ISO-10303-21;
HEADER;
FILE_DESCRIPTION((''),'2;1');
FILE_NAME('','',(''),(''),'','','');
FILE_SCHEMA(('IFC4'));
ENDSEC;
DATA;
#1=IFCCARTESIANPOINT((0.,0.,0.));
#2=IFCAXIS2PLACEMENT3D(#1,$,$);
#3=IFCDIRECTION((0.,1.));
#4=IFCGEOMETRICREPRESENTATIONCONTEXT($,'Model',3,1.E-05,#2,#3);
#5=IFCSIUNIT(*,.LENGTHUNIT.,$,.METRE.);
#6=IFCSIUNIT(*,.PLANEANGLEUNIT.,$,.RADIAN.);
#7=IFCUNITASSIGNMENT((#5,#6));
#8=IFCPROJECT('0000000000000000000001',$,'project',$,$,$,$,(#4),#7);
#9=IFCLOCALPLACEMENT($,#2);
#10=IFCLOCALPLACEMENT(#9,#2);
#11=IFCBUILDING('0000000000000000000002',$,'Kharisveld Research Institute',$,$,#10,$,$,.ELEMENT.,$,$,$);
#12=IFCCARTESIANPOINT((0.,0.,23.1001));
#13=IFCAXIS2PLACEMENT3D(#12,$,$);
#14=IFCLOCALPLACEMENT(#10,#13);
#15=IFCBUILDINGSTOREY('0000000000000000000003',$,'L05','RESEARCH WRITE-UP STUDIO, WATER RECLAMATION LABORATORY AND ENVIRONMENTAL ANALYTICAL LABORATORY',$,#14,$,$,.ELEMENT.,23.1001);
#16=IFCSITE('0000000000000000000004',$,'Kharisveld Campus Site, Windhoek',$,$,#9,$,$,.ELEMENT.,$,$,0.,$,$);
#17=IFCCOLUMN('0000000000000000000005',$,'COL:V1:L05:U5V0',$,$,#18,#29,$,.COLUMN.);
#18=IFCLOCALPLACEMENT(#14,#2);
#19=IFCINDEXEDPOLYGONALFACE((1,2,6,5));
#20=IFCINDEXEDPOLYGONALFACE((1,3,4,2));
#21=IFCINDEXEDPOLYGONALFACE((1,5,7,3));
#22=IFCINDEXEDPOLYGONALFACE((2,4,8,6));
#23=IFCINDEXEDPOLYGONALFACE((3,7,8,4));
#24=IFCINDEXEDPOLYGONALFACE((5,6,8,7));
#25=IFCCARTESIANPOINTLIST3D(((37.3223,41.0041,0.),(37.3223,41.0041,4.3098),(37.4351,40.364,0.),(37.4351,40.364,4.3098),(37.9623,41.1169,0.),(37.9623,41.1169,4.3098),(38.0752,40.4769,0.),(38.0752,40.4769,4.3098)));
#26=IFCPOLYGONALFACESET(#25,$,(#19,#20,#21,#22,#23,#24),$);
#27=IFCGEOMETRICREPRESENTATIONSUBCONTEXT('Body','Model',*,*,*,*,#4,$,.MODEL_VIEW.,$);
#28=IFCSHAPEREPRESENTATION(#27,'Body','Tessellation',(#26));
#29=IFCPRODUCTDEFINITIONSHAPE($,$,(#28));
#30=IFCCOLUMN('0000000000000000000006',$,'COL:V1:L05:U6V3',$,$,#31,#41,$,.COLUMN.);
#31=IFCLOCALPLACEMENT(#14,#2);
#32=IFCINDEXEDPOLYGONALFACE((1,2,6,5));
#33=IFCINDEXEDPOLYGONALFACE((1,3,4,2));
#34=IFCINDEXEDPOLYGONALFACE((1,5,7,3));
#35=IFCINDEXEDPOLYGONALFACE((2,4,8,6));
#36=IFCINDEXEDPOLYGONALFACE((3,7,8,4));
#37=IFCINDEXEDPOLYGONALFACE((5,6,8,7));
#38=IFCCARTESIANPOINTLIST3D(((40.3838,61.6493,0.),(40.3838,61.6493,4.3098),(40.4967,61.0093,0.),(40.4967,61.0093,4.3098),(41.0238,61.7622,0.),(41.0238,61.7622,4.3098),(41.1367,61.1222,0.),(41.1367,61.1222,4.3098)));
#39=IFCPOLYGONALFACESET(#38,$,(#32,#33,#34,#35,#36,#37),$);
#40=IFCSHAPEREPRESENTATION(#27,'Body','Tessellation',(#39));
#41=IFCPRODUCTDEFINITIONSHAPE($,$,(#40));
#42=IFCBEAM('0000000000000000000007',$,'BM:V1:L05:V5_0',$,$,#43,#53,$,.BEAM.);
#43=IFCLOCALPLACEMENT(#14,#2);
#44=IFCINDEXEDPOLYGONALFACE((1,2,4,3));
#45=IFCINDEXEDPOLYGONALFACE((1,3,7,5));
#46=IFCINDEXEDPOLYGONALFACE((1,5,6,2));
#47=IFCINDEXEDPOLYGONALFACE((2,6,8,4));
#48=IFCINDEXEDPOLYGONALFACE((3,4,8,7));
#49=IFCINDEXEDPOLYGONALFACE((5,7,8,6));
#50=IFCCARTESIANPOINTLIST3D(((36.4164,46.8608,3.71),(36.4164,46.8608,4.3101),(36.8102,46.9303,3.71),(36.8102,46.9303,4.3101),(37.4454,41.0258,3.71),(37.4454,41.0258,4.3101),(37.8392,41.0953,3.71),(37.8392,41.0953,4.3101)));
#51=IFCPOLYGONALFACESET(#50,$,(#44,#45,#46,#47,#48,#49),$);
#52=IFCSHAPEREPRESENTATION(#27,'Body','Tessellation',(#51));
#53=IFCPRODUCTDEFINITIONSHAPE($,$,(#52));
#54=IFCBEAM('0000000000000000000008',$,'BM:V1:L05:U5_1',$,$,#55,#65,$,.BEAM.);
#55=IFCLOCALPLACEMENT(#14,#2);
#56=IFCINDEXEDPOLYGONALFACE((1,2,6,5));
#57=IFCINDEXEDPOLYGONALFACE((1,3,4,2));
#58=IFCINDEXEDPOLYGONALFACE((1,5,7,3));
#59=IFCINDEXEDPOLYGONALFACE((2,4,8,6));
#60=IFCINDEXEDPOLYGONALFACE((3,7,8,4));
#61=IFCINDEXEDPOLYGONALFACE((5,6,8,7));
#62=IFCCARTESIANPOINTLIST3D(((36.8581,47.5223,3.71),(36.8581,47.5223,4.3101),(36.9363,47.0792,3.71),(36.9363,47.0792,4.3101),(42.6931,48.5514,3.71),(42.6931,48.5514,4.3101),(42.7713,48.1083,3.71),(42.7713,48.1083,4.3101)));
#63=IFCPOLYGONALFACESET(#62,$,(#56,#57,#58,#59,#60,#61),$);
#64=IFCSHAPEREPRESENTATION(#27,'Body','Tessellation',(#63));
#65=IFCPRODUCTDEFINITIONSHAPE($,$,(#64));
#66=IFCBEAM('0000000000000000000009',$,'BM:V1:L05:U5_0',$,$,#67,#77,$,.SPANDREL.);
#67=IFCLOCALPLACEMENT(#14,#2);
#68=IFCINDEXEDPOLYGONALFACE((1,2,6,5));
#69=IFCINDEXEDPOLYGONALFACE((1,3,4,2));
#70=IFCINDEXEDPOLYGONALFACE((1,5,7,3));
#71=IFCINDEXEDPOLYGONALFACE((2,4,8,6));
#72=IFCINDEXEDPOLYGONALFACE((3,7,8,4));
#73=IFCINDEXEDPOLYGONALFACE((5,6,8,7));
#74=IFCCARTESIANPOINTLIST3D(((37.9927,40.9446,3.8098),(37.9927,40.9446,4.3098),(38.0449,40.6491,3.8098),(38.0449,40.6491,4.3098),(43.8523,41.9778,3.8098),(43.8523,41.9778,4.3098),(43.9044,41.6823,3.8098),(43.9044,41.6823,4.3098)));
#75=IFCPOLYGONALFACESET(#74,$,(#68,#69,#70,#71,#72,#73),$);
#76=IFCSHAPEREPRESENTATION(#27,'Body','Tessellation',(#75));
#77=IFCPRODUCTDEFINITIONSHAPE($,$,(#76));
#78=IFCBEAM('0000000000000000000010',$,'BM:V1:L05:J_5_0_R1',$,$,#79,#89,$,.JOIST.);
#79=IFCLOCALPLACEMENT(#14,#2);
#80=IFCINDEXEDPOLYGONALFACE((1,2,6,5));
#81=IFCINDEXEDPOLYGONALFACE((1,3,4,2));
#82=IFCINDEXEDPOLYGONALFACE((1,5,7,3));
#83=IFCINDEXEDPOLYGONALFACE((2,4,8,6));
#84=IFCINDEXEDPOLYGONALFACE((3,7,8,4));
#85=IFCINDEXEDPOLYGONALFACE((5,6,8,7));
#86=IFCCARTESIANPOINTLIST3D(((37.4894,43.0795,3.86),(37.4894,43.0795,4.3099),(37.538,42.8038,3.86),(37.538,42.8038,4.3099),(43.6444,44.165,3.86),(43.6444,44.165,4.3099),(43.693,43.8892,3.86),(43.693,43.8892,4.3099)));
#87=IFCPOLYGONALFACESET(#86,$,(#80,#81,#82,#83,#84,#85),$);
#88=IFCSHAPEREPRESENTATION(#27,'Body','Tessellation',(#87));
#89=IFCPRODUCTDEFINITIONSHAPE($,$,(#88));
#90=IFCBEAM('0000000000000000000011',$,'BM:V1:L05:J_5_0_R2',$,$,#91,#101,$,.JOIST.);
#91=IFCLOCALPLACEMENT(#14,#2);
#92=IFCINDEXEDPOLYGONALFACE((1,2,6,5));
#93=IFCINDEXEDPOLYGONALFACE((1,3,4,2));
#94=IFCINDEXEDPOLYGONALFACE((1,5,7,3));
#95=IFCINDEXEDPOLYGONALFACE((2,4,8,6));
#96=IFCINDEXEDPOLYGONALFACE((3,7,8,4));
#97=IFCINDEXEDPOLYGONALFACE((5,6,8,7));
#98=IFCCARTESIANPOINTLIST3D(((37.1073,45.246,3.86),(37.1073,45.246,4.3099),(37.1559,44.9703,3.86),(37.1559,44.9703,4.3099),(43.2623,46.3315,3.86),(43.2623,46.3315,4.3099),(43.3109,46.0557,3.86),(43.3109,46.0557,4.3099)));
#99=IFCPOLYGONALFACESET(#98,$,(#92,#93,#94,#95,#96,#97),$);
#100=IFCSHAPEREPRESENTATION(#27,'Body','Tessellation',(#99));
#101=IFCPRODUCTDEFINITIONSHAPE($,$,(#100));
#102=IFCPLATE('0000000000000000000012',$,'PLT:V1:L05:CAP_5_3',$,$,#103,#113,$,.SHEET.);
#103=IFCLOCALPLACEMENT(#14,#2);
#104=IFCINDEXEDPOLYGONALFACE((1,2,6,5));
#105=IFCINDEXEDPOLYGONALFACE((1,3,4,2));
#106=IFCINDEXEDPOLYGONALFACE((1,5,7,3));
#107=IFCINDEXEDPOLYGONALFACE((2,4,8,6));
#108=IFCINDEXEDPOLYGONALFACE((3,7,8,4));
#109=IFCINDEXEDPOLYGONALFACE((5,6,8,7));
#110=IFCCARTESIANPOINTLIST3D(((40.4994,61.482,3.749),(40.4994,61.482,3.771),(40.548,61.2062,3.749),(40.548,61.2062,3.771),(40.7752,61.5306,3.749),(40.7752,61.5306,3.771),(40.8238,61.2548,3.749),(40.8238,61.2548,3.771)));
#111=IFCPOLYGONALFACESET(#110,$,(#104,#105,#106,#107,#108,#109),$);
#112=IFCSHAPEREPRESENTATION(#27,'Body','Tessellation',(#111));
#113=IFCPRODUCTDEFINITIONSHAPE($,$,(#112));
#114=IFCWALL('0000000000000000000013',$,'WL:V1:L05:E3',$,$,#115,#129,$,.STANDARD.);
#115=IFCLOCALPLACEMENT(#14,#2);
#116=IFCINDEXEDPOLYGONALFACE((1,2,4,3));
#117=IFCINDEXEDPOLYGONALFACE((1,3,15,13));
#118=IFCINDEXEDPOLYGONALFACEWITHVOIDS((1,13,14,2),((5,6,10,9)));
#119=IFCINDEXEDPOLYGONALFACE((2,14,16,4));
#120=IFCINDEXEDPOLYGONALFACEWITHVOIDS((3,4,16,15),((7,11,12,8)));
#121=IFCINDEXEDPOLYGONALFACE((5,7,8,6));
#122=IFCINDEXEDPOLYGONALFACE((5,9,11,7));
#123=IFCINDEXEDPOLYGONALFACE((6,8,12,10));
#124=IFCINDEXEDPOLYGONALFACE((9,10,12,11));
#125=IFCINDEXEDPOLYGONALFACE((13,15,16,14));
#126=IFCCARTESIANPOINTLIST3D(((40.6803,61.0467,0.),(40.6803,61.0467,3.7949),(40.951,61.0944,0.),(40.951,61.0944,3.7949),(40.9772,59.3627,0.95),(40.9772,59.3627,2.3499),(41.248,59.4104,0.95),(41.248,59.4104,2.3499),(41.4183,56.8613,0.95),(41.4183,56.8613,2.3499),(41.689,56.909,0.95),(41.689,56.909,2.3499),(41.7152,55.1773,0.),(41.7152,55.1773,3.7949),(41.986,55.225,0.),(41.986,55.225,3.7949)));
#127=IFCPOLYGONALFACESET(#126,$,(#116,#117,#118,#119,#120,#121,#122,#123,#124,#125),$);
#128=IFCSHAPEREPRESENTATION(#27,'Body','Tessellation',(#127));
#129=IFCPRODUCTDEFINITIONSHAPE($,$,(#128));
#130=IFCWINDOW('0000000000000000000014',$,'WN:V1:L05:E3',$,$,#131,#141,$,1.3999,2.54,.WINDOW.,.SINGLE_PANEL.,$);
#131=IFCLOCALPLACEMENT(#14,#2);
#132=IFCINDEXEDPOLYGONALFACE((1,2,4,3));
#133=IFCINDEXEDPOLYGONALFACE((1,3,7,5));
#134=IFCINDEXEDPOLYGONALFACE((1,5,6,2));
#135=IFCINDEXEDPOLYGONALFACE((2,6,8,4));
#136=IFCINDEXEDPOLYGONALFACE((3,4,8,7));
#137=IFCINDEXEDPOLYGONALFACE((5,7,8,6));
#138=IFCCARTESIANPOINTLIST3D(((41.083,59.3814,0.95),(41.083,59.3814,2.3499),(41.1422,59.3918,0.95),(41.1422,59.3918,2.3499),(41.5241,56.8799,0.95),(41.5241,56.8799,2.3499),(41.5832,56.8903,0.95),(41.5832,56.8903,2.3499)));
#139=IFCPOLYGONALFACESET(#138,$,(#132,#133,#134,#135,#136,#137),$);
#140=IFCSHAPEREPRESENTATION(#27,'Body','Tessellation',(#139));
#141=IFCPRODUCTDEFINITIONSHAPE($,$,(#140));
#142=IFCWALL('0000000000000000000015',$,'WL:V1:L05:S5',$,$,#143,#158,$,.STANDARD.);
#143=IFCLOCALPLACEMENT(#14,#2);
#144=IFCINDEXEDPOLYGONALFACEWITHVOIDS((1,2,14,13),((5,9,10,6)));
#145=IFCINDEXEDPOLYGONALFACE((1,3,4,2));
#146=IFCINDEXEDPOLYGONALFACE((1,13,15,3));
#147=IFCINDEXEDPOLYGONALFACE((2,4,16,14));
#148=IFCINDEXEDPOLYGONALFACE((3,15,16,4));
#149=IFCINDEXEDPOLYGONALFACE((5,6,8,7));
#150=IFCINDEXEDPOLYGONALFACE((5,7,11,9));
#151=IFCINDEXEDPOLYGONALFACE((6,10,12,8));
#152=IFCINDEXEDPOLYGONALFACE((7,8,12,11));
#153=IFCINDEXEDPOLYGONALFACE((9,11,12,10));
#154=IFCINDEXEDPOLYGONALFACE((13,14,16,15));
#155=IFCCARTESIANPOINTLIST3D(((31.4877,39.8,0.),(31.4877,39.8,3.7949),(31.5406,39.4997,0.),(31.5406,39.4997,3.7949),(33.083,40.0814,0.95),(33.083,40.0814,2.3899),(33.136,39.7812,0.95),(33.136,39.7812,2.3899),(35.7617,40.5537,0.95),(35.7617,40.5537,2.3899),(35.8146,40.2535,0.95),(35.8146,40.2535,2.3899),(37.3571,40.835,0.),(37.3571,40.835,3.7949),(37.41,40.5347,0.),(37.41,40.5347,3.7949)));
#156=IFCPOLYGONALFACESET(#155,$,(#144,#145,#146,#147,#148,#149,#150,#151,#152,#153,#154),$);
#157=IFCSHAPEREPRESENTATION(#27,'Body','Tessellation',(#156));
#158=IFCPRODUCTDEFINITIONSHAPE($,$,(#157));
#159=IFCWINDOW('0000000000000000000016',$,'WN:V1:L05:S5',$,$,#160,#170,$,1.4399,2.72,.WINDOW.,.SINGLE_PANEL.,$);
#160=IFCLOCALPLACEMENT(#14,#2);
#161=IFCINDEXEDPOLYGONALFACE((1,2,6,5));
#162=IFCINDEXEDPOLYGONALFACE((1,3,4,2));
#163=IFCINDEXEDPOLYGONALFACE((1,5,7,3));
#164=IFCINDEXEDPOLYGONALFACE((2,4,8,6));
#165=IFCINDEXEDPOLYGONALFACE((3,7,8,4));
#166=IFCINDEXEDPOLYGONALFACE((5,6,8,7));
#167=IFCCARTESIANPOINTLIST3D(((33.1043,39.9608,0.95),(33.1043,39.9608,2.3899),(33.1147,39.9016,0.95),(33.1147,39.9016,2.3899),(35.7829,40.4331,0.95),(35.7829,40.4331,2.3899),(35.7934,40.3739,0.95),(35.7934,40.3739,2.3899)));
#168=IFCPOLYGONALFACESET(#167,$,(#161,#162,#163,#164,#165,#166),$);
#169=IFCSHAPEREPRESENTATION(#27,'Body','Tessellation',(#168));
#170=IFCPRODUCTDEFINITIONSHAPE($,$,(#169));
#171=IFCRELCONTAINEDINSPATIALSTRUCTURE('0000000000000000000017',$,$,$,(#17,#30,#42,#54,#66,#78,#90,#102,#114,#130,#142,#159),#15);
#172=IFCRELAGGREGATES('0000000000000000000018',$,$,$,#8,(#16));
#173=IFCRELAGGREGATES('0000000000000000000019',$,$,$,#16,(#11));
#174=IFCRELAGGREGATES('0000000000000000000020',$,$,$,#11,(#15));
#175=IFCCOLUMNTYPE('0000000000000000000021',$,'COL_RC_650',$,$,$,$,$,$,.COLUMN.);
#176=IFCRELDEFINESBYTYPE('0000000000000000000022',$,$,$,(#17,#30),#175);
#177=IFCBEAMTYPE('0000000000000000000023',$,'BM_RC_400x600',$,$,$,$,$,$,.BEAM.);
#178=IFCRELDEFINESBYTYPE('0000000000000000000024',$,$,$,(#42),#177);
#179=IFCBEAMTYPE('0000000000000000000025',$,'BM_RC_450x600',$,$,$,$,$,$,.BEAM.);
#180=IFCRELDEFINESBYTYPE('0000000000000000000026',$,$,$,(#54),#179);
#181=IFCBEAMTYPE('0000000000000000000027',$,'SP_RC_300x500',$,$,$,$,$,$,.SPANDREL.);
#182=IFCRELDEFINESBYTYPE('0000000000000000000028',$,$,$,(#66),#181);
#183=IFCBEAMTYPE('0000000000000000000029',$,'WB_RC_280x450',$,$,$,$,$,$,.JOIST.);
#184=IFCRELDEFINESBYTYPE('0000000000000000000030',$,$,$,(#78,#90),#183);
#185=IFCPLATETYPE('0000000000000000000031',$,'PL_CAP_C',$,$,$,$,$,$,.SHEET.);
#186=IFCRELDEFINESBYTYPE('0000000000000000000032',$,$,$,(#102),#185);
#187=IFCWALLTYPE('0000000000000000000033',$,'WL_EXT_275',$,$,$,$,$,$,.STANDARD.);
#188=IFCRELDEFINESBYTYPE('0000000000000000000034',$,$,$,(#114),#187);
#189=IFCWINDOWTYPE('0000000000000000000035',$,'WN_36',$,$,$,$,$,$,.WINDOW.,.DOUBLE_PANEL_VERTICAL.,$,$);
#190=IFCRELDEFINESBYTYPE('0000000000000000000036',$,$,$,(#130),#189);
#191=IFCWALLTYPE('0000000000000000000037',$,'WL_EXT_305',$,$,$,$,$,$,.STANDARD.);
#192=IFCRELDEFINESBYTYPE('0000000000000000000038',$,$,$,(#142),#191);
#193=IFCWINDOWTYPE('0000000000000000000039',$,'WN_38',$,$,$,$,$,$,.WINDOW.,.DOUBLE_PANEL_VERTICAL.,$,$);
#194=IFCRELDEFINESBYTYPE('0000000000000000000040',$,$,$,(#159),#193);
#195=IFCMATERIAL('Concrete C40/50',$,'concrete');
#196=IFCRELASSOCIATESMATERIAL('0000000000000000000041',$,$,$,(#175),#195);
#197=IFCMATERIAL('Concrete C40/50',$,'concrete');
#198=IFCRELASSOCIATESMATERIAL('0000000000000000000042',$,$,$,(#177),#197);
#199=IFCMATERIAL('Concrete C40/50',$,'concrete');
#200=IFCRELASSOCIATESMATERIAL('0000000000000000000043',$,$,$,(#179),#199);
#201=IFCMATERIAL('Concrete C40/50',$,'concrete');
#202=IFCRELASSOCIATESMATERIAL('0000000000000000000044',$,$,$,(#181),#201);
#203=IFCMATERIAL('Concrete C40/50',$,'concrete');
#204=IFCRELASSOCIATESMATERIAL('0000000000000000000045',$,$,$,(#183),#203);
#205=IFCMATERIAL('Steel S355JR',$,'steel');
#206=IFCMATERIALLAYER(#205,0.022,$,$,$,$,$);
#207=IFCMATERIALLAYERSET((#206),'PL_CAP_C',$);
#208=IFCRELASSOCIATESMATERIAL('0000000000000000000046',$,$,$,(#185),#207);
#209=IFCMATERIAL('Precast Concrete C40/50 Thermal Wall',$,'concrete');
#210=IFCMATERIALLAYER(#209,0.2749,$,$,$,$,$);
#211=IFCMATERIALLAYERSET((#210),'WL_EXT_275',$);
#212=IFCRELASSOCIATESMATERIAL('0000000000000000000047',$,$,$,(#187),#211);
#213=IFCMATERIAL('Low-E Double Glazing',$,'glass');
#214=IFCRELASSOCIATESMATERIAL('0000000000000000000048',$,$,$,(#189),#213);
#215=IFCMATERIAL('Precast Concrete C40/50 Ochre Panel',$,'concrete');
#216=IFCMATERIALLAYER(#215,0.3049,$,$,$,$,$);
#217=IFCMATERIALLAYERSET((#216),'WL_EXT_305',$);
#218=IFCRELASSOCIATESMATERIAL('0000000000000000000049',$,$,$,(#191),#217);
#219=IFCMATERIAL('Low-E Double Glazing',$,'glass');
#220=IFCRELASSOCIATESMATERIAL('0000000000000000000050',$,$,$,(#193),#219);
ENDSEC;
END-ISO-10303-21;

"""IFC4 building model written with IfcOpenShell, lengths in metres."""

from ifc_helpers import new_model, si_unit, direction, frame, frame_2d, origin, origin_2d, place, context, subcontext, project, spatial, rectangle, extrude, material, layer, layer_set, material_profile, profile_set, type_object, element, fill, save


model = new_model("IFC4")

# Units and contexts
model_context = context("Model", 3, precision=1e-05, world=origin(), true_north=direction((0.0, 1.0)))
body_context = subcontext(model_context, "Body", "Model", "MODEL_VIEW")
ifc_project = project(units=[si_unit("LENGTHUNIT", "METRE"), si_unit("PLANEANGLEUNIT", "RADIAN")], contexts=[model_context])

# Site, building, storey
site_placement = place(None, origin())
site = spatial("IfcSite", under=ifc_project, at=site_placement, Name="Kharisveld Campus Site, Windhoek", CompositionType="ELEMENT", RefElevation=0.0)
building_placement = place(site_placement, origin())
building = spatial("IfcBuilding", under=site, at=building_placement, Name="Kharisveld Research Institute", CompositionType="ELEMENT")
storey_placement = place(building_placement, frame((0.0, 0.0, 23.1001)))
storey = spatial("IfcBuildingStorey", under=building, at=storey_placement, Name="L05", Description="RESEARCH WRITE-UP STUDIO, WATER RECLAMATION LABORATORY AND ENVIRONMENTAL ANALYTICAL LABORATORY", CompositionType="ELEMENT", Elevation=23.1001)

# Columns
ifc_material_1 = material(Name="Concrete C40/50", Category="concrete")
ifc_material_profile_1 = material_profile(ifc_material_1, rectangle(XDim=0.6499, YDim=0.6499, at=origin_2d()))
ifc_profile_set_1 = profile_set([ifc_material_profile_1], Name="Concrete C40/50")
column_type = type_object("IfcColumnType", Name="COL_RC_650", PredefinedType="COLUMN", material=ifc_profile_set_1)
for number, where, z_axis, x_axis, name in (
    (1, (37.6987, 40.7405, 0.0), (0.0, 0.0, 1.0), (0.984808, 0.173648, 0.0), "COL:V1:L05:U5V0"),
    (2, (40.7603, 61.3857, 0.0), (0.0, 0.0, 1.0), (0.984808, 0.173648, 0.0), "COL:V1:L05:U6V3"),
):
    element("IfcColumn", number, at=place(storey_placement, frame(where, z_axis=z_axis, x_axis=x_axis)), inside=storey, type_object=column_type, Name=name, PredefinedType="COLUMN", context=body_context, shape_type="SweptSolid", body=[
        extrude(rectangle(XDim=0.6499, YDim=0.6499, at=origin_2d()), origin(), (0.0, 0.0, 1.0), 4.3098),
    ])

# Beams
ifc_material_2 = material(Name="Concrete C40/50", Category="concrete")
ifc_material_profile_2 = material_profile(ifc_material_2, rectangle(XDim=0.3999, YDim=0.6001, at=origin_2d()))
ifc_profile_set_2 = profile_set([ifc_material_profile_2], Name="Concrete C40/50")
beam_type_1 = type_object("IfcBeamType", Name="BM_RC_400x600", PredefinedType="BEAM", material=ifc_profile_set_2)
beam_1_placement = place(storey_placement, frame((37.6423, 41.0605, 4.01), z_axis=(-0.17368, 0.984802, 0.0), x_axis=(-0.984802, -0.17368, 0.0)))
element("IfcBeam", 3, at=beam_1_placement, inside=storey, type_object=beam_type_1, Name="BM:V1:L05:V5_0", PredefinedType="BEAM", context=body_context, shape_type="SweptSolid", body=[
    extrude(rectangle(XDim=0.3999, YDim=0.6001, at=origin_2d()), origin(), (0.0, 0.0, 1.0), 5.925),
])
ifc_material_3 = material(Name="Concrete C40/50", Category="concrete")
ifc_material_profile_3 = material_profile(ifc_material_3, rectangle(XDim=0.45, YDim=0.6001, at=origin_2d()))
ifc_profile_set_3 = profile_set([ifc_material_profile_3], Name="Concrete C40/50")
beam_type_2 = type_object("IfcBeamType", Name="BM_RC_450x600", PredefinedType="BEAM", material=ifc_profile_set_3)
beam_2_placement = place(storey_placement, frame((36.8972, 47.3008, 4.01), z_axis=(0.984802, 0.17368, 0.0), x_axis=(-0.17368, 0.984802, 0.0)))
element("IfcBeam", 4, at=beam_2_placement, inside=storey, type_object=beam_type_2, Name="BM:V1:L05:U5_1", PredefinedType="BEAM", context=body_context, shape_type="SweptSolid", body=[
    extrude(rectangle(XDim=0.45, YDim=0.6001, at=origin_2d()), origin(), (0.0, 0.0, 1.0), 5.925),
])
ifc_material_4 = material(Name="Concrete C40/50", Category="concrete")
ifc_material_profile_4 = material_profile(ifc_material_4, rectangle(XDim=0.3, YDim=0.5, at=origin_2d()))
ifc_profile_set_4 = profile_set([ifc_material_profile_4], Name="Concrete C40/50")
beam_type_3 = type_object("IfcBeamType", Name="SP_RC_300x500", PredefinedType="SPANDREL", material=ifc_profile_set_4)
beam_3_placement = place(storey_placement, frame((38.0188, 40.7969, 4.0598), z_axis=(0.984808, 0.173647, 0.0), x_axis=(-0.173647, 0.984808, 0.0)))
element("IfcBeam", 5, at=beam_3_placement, inside=storey, type_object=beam_type_3, Name="BM:V1:L05:U5_0", PredefinedType="SPANDREL", context=body_context, shape_type="SweptSolid", body=[
    extrude(rectangle(XDim=0.3, YDim=0.5, at=origin_2d()), origin(), (0.0, 0.0, 1.0), 5.95),
])
ifc_material_5 = material(Name="Concrete C40/50", Category="concrete")
ifc_material_profile_5 = material_profile(ifc_material_5, rectangle(XDim=0.28, YDim=0.45, at=origin_2d()))
ifc_profile_set_5 = profile_set([ifc_material_profile_5], Name="Concrete C40/50")
beam_type_4 = type_object("IfcBeamType", Name="WB_RC_280x450", PredefinedType="JOIST", material=ifc_profile_set_5)
for number, where, z_axis, x_axis, name in (
    (6, (37.5137, 42.9417, 4.085), (0.984804, 0.173672, 0.0), (-0.173672, 0.984804, 0.0), "BM:V1:L05:J_5_0_R1"),
    (7, (37.1316, 45.1082, 4.085), (0.984804, 0.173672, 0.0), (-0.173672, 0.984804, 0.0), "BM:V1:L05:J_5_0_R2"),
):
    element("IfcBeam", number, at=place(storey_placement, frame(where, z_axis=z_axis, x_axis=x_axis)), inside=storey, type_object=beam_type_4, Name=name, PredefinedType="JOIST", context=body_context, shape_type="SweptSolid", body=[
        extrude(rectangle(XDim=0.28, YDim=0.45, at=origin_2d()), origin(), (0.0, 0.0, 1.0), 6.25),
    ])

# Plate
ifc_material_6 = material(Name="Steel S355JR", Category="steel")
ifc_layer_1 = layer(ifc_material_6, 0.022)
ifc_layer_set_1 = layer_set([ifc_layer_1], Name="PL_CAP_C")
plate_type = type_object("IfcPlateType", Name="PL_CAP_C", PredefinedType="SHEET", material=ifc_layer_set_1)
plate_placement = place(storey_placement, frame((40.6616, 61.3684, 3.749), z_axis=(0.0, 0.0, 1.0), x_axis=(0.984808, 0.173648, 0.0)))
element("IfcPlate", 8, at=plate_placement, inside=storey, type_object=plate_type, Name="PLT:V1:L05:CAP_5_3", PredefinedType="SHEET", context=body_context, shape_type="SweptSolid", body=[
    extrude(rectangle(XDim=0.28, YDim=0.28, at=origin_2d()), origin(), (0.0, 0.0, 1.0), 0.022),
])

# Walls, openings, windows
ifc_material_7 = material(Name="Precast Concrete C40/50 Thermal Wall", Category="concrete")
ifc_layer_2 = layer(ifc_material_7, 0.2749)
ifc_layer_set_2 = layer_set([ifc_layer_2], Name="WL_EXT_275")
wall_type_1 = type_object("IfcWallType", Name="WL_EXT_275", PredefinedType="STANDARD", material=ifc_layer_set_2)
wall_1_placement = place(storey_placement, frame((40.8157, 61.0706, 0.0), z_axis=(0.0, 0.0, 1.0), x_axis=(0.173645, -0.984808, 0.0)))
wall_1 = element("IfcWall", 9, at=wall_1_placement, inside=storey, type_object=wall_type_1, Name="WL:V1:L05:E3", PredefinedType="STANDARD", context=body_context, shape_type="SweptSolid", body=[
    extrude(rectangle(XDim=5.96, YDim=0.2749, at=frame_2d((2.98, 0.0))), origin(), (0.0, 0.0, 1.0), 3.7949),
])
opening_1_placement = place(wall_1_placement, frame((1.71, 0.0, 0.95)))
opening_1 = element("IfcOpeningElement", 10, at=opening_1_placement, cuts=wall_1, PredefinedType="OPENING", context=body_context, shape_type="SweptSolid", body=[
    extrude(rectangle(XDim=2.54, YDim=1.3999, at=frame_2d((1.27, 0.7))), frame((0.0, 0.1375, 0.0), z_axis=(0.0, -1.0, 0.0), x_axis=(1.0, 0.0, 0.0)), (0.0, 0.0, 1.0), 0.2749),
])
ifc_material_8 = material(Name="Low-E Double Glazing", Category="glass")
window_type_1 = type_object("IfcWindowType", Name="WN_36", PartitioningType="DOUBLE_PANEL_VERTICAL", PredefinedType="WINDOW", material=ifc_material_8)
window_1_placement = place(opening_1_placement, origin())
window_1 = element("IfcWindow", 11, at=window_1_placement, inside=storey, type_object=window_type_1, Name="WN:V1:L05:E3", OverallHeight=1.3999, OverallWidth=2.54, PartitioningType="SINGLE_PANEL", PredefinedType="WINDOW", context=body_context, shape_type="SweptSolid", body=[
    extrude(rectangle(XDim=2.54, YDim=1.3999, at=frame_2d((1.27, 0.7))), frame((0.0, 0.03, 0.0), z_axis=(0.0, -1.0, 0.0), x_axis=(1.0, 0.0, 0.0)), (0.0, 0.0, 1.0), 0.0601),
])
fill(opening_1, window_1)
ifc_material_9 = material(Name="Precast Concrete C40/50 Ochre Panel", Category="concrete")
ifc_layer_3 = layer(ifc_material_9, 0.3049)
ifc_layer_set_3 = layer_set([ifc_layer_3], Name="WL_EXT_305")
wall_type_2 = type_object("IfcWallType", Name="WL_EXT_305", PredefinedType="STANDARD", material=ifc_layer_set_3)
wall_2_placement = place(storey_placement, frame((37.3835, 40.6848, 0.0), z_axis=(0.0, 0.0, 1.0), x_axis=(-0.984808, -0.173645, 0.0)))
wall_2 = element("IfcWall", 12, at=wall_2_placement, inside=storey, type_object=wall_type_2, Name="WL:V1:L05:S5", PredefinedType="STANDARD", context=body_context, shape_type="SweptSolid", body=[
    extrude(rectangle(XDim=5.96, YDim=0.3049, at=frame_2d((2.98, 0.0))), origin(), (0.0, 0.0, 1.0), 3.7949),
])
opening_2_placement = place(wall_2_placement, frame((1.6201, 0.0, 0.95)))
opening_2 = element("IfcOpeningElement", 13, at=opening_2_placement, cuts=wall_2, PredefinedType="OPENING", context=body_context, shape_type="SweptSolid", body=[
    extrude(rectangle(XDim=2.72, YDim=1.4399, at=frame_2d((1.3599, 0.72))), frame((0.0, 0.1523, 0.0), z_axis=(0.0, -1.0, 0.0), x_axis=(1.0, 0.0, 0.0)), (0.0, 0.0, 1.0), 0.3049),
])
ifc_material_10 = material(Name="Low-E Double Glazing", Category="glass")
window_type_2 = type_object("IfcWindowType", Name="WN_38", PartitioningType="DOUBLE_PANEL_VERTICAL", PredefinedType="WINDOW", material=ifc_material_10)
window_2_placement = place(opening_2_placement, origin())
window_2 = element("IfcWindow", 14, at=window_2_placement, inside=storey, type_object=window_type_2, Name="WN:V1:L05:S5", OverallHeight=1.4399, OverallWidth=2.72, PartitioningType="SINGLE_PANEL", PredefinedType="WINDOW", context=body_context, shape_type="SweptSolid", body=[
    extrude(rectangle(XDim=2.72, YDim=1.4399, at=frame_2d((1.3599, 0.72))), frame((0.0, 0.03, 0.0), z_axis=(0.0, -1.0, 0.0), x_axis=(1.0, 0.0, 0.0)), (0.0, 0.0, 1.0), 0.0601),
])
fill(opening_2, window_2)

save(model, "model.ifc")
